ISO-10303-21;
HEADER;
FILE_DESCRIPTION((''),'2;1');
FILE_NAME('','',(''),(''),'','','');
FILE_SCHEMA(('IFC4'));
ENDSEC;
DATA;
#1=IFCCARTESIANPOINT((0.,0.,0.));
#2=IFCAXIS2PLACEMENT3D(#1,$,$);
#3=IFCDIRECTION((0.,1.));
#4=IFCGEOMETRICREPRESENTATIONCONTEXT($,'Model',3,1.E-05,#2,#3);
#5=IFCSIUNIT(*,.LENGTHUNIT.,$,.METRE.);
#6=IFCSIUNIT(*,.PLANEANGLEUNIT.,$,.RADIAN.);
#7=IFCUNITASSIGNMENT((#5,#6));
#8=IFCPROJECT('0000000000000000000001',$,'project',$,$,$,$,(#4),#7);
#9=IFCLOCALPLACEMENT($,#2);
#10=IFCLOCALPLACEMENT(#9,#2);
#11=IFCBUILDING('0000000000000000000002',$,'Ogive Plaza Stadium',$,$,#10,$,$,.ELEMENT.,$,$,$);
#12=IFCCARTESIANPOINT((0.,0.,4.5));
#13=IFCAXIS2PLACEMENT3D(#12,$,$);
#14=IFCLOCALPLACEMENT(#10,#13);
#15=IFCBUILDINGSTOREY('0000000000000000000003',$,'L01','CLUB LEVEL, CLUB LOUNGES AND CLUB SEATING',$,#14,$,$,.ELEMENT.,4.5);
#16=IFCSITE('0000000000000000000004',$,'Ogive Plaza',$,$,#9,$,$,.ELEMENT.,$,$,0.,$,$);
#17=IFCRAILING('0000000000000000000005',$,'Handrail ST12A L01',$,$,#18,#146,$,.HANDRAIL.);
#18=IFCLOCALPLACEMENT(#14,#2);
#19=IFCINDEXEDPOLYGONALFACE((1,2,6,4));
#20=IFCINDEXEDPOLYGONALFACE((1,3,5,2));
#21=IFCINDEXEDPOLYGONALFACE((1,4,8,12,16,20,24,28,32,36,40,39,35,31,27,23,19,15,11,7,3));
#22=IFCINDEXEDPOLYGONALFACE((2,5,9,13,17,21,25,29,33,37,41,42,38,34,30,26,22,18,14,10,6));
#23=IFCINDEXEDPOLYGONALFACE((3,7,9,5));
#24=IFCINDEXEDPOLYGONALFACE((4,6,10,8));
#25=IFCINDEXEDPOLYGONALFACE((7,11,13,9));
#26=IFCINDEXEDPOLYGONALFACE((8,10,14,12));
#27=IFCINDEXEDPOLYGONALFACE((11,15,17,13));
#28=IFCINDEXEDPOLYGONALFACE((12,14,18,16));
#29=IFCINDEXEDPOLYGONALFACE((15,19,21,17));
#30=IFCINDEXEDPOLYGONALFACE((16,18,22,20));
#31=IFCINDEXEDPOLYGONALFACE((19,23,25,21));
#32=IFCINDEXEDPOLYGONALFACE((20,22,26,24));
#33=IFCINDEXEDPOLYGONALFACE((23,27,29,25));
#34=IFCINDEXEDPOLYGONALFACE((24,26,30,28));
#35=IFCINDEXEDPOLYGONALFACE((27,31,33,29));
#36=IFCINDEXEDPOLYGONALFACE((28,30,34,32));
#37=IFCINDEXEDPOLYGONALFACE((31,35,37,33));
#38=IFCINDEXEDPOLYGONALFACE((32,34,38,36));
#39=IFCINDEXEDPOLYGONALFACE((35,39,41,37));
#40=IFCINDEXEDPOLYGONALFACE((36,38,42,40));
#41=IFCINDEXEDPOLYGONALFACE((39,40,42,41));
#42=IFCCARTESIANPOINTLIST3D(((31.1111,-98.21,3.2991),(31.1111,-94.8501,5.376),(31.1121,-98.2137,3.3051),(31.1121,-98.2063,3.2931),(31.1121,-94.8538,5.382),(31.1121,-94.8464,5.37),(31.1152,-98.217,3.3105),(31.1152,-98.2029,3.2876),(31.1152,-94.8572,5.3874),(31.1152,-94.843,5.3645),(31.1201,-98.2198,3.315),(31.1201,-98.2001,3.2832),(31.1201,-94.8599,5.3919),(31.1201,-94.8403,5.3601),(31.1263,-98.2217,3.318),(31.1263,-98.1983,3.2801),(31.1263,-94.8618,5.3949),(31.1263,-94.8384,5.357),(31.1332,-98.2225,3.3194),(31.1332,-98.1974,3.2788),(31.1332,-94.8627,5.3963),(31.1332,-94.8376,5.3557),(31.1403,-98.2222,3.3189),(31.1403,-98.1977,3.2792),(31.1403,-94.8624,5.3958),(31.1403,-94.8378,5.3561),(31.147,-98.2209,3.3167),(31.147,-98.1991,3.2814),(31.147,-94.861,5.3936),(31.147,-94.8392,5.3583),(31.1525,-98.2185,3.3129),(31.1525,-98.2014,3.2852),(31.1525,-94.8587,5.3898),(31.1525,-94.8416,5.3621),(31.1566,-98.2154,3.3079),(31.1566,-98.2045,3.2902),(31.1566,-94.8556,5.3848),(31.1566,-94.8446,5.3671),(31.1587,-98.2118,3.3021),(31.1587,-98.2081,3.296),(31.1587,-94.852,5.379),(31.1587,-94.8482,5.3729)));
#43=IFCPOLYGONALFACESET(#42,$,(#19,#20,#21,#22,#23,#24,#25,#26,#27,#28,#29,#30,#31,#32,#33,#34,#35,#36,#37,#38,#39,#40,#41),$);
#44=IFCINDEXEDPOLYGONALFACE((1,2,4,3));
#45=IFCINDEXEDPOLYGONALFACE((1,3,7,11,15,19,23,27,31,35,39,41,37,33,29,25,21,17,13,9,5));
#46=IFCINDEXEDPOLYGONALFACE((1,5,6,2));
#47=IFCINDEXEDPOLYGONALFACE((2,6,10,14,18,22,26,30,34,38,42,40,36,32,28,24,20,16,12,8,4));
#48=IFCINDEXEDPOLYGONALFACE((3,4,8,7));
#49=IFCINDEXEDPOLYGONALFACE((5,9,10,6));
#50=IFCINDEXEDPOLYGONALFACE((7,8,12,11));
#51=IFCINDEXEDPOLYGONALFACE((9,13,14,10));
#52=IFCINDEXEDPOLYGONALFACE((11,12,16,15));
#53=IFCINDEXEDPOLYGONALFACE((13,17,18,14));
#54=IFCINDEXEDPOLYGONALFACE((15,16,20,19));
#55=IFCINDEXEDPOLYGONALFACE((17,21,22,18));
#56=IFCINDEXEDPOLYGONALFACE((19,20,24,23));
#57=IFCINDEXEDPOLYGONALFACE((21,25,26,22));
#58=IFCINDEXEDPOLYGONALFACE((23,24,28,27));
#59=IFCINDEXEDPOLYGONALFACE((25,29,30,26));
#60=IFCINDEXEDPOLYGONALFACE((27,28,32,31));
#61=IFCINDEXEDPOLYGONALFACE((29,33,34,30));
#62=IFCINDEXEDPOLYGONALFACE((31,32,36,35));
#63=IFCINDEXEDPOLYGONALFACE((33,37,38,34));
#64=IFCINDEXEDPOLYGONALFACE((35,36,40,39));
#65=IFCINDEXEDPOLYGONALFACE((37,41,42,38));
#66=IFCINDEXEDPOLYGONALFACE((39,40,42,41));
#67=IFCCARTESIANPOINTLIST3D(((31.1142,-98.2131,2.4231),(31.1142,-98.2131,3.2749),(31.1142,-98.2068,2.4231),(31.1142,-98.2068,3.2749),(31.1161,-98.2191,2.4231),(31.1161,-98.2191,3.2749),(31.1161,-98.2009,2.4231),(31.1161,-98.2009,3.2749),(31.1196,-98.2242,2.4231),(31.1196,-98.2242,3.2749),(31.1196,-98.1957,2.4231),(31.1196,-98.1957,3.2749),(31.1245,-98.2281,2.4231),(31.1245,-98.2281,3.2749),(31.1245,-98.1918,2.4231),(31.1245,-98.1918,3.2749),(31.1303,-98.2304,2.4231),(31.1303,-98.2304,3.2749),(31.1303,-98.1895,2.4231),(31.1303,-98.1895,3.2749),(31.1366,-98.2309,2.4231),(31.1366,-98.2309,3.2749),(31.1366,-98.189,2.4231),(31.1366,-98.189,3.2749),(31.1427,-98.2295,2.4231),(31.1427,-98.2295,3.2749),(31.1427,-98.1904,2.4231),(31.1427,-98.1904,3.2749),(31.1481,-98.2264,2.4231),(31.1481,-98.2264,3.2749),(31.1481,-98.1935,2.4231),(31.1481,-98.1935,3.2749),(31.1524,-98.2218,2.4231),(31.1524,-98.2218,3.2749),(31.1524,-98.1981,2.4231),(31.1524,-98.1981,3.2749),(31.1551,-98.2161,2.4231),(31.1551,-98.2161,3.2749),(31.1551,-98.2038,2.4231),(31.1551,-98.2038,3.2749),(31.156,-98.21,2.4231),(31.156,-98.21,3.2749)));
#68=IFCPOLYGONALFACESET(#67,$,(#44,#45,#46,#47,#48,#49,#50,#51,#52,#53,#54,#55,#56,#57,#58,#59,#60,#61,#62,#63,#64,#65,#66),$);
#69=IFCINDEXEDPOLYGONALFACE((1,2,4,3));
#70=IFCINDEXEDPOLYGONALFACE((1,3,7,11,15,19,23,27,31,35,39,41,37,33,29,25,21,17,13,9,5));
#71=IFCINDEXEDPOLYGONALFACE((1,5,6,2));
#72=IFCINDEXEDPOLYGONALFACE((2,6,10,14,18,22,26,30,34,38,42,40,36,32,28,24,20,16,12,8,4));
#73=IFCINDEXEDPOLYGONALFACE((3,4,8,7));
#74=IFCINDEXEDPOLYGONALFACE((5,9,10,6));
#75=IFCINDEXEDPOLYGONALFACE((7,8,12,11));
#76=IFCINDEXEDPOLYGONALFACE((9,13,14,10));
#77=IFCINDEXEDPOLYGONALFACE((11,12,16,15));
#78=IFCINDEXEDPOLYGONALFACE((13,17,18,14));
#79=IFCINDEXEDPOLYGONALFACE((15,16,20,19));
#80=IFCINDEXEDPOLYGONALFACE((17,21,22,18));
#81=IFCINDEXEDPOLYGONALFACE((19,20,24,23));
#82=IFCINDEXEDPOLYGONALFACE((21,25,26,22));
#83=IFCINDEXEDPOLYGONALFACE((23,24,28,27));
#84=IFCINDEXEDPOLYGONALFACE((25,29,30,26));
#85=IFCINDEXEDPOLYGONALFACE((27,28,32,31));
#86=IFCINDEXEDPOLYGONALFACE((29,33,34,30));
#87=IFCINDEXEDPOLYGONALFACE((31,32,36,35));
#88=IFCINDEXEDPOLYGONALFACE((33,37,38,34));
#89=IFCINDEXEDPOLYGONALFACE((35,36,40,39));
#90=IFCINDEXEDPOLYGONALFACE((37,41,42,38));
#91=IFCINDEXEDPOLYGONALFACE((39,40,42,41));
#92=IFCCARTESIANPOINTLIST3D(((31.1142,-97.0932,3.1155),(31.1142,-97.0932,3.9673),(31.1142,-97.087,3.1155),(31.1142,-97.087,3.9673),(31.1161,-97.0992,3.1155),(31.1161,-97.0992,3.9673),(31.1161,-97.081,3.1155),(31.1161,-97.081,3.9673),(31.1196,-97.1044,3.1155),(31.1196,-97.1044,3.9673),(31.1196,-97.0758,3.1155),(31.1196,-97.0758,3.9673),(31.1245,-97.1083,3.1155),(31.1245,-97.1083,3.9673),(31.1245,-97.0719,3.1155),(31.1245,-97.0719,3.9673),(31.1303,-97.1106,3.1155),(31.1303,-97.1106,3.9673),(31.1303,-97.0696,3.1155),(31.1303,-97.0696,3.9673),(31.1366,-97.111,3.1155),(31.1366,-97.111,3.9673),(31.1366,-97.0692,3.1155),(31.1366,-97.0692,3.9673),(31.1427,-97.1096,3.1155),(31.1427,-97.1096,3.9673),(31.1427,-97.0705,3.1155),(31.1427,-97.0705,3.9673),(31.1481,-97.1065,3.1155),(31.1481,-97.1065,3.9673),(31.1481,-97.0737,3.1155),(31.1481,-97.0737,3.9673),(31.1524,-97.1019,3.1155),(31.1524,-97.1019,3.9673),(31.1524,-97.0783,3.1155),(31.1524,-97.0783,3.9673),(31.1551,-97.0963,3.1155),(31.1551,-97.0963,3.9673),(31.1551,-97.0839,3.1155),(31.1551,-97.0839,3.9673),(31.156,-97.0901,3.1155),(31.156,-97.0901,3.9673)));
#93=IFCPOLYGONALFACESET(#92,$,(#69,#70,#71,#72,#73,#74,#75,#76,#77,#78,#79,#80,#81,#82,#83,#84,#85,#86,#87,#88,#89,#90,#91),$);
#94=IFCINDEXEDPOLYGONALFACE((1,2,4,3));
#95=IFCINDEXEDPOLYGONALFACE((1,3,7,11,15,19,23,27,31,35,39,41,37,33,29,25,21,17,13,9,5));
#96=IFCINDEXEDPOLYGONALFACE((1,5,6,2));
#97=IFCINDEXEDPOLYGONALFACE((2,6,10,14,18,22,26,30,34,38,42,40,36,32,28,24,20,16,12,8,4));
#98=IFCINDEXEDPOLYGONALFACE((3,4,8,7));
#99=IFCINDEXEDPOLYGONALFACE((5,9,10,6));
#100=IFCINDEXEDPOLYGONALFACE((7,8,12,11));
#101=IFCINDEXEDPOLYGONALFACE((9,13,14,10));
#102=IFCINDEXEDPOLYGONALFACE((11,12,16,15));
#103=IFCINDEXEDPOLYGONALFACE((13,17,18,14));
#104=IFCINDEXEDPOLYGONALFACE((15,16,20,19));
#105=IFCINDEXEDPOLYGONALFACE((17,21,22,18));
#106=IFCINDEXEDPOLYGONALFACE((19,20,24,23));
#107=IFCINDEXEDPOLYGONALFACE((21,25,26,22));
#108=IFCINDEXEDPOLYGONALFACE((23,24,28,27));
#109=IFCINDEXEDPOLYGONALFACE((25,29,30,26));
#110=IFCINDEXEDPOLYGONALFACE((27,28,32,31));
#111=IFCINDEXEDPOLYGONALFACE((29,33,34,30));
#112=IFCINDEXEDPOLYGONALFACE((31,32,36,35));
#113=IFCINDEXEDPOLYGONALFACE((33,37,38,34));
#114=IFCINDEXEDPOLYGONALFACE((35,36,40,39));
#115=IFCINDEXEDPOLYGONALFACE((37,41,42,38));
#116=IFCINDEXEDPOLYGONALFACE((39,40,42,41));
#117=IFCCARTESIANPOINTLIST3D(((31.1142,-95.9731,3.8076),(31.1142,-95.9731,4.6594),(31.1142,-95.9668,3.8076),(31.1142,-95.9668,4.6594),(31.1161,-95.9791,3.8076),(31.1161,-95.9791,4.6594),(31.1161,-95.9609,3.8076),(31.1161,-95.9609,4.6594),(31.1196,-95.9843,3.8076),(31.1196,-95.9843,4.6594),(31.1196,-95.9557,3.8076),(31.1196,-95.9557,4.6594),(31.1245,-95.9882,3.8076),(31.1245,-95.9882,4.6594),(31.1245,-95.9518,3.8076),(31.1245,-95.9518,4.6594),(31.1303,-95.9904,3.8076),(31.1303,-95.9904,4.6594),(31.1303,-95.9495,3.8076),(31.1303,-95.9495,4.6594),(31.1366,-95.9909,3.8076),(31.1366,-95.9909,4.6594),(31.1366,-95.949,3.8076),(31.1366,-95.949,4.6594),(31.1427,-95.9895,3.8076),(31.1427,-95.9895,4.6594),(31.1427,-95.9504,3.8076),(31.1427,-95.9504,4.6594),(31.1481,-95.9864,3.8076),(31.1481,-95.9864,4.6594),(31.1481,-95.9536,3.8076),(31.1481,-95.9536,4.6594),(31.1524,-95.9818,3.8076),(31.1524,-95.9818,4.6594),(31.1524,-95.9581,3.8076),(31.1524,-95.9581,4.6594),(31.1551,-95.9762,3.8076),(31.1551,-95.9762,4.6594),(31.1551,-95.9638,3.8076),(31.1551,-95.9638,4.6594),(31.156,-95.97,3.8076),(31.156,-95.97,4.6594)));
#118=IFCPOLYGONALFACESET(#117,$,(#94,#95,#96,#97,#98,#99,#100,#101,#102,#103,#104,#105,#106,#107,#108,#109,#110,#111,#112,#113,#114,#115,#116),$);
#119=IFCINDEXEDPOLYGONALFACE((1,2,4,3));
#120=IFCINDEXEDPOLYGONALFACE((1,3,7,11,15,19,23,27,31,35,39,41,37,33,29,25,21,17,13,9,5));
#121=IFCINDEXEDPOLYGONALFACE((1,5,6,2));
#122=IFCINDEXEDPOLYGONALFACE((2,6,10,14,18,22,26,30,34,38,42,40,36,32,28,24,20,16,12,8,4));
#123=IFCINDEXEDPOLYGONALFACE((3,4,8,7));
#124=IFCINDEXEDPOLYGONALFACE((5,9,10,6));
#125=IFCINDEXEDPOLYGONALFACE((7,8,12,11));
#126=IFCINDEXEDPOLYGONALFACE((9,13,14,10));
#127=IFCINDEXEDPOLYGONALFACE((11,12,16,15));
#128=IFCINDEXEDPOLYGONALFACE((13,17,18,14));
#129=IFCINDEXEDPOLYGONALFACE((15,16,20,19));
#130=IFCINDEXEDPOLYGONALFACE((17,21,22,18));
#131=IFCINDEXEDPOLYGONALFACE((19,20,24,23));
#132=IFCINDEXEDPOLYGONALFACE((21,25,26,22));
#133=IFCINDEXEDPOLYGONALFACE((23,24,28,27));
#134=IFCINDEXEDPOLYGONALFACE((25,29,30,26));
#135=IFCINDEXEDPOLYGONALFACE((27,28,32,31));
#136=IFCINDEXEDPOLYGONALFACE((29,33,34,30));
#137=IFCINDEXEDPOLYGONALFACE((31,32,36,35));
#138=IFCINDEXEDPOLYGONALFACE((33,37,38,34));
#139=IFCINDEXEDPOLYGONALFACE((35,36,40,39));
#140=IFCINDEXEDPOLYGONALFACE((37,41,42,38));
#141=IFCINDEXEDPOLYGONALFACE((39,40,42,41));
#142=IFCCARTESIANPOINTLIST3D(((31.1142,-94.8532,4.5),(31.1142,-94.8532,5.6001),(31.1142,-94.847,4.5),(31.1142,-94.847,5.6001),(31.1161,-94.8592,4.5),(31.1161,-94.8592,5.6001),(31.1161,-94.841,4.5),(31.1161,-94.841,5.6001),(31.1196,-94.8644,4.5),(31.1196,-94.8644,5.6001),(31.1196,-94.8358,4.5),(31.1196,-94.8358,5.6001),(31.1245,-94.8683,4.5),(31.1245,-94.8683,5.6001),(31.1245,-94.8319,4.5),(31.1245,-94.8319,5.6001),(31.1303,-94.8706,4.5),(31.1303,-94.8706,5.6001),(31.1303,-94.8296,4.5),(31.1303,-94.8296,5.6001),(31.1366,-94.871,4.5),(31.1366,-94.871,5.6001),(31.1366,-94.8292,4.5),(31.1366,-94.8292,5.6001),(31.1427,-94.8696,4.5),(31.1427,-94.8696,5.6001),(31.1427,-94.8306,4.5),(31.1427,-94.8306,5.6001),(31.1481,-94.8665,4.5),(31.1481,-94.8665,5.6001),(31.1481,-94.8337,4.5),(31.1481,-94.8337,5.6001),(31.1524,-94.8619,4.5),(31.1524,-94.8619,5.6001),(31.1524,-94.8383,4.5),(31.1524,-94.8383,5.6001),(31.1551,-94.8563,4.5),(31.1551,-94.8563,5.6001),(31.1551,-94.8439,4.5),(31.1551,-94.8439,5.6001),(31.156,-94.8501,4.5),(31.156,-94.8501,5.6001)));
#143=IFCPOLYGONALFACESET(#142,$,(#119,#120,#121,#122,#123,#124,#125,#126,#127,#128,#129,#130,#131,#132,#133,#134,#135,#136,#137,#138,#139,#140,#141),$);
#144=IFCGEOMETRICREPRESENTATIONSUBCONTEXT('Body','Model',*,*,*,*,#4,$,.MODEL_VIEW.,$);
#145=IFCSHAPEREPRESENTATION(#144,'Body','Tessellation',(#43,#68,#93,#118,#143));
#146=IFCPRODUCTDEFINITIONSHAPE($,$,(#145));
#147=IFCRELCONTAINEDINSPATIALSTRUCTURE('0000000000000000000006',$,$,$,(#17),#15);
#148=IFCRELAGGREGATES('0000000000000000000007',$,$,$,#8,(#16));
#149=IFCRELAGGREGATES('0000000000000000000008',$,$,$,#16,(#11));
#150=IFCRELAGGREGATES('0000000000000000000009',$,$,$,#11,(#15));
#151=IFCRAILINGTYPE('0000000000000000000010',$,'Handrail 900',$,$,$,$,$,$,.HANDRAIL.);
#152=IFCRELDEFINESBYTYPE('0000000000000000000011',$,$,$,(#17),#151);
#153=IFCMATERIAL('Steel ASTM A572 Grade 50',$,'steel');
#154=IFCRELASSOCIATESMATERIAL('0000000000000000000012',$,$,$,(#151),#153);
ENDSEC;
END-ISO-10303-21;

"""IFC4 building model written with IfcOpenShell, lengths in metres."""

from ifc_helpers import new_model, si_unit, direction, frame, origin, origin_2d, place, context, subcontext, project, spatial, circle, extrude, material, type_object, element, save


model = new_model("IFC4")

# Units and contexts
model_context = context("Model", 3, precision=1e-05, world=origin(), true_north=direction((0.0, 1.0)))
body_context = subcontext(model_context, "Body", "Model", "MODEL_VIEW")
ifc_project = project(units=[si_unit("LENGTHUNIT", "METRE"), si_unit("PLANEANGLEUNIT", "RADIAN")], contexts=[model_context])

# Site, building, storey
site_placement = place(None, origin())
site = spatial("IfcSite", under=ifc_project, at=site_placement, Name="Ogive Plaza", CompositionType="ELEMENT", RefElevation=0.0)
building_placement = place(site_placement, origin())
building = spatial("IfcBuilding", under=site, at=building_placement, Name="Ogive Plaza Stadium", CompositionType="ELEMENT")
storey_placement = place(building_placement, frame((0.0, 0.0, 4.5)))
storey = spatial("IfcBuildingStorey", under=building, at=storey_placement, Name="L01", Description="CLUB LEVEL, CLUB LOUNGES AND CLUB SEATING", CompositionType="ELEMENT", Elevation=4.5)

# Railing
ifc_material_1 = material(Name="Steel ASTM A572 Grade 50", Category="steel")
railing_type_1 = type_object("IfcRailingType", Name="Handrail 900", PredefinedType="HANDRAIL", material=ifc_material_1)
for number, where, name in (
    (1, (31.135, -98.21, 2.4231), "Handrail ST12A L01"),
):
    element("IfcRailing", number, at=place(storey_placement, frame(where)), inside=storey, type_object=railing_type_1, Name=name, PredefinedType="HANDRAIL", context=body_context, shape_type="SweptSolid", body=[
        extrude(circle(Radius=0.0239, at=origin_2d()), frame((0.0, 0.0, 0.876), z_axis=(0.0, 0.850606, 0.525803), x_axis=(-1.0, 0.0, 0.0)), (0.0, 0.0, 1.0), 3.95),
        extrude(circle(Radius=0.021, at=origin_2d()), origin(), (0.0, 0.0, 1.0), 0.8518),
        extrude(circle(Radius=0.021, at=origin_2d()), frame((0.0, 1.1199, 0.6924)), (0.0, 0.0, 1.0), 0.8518),
        extrude(circle(Radius=0.021, at=origin_2d()), frame((0.0, 2.24, 1.3845)), (0.0, 0.0, 1.0), 0.8518),
        extrude(circle(Radius=0.021, at=origin_2d()), frame((0.0, 3.3599, 2.0769)), (0.0, 0.0, 1.0), 1.1001),
    ])

save(model, "model.ifc")
